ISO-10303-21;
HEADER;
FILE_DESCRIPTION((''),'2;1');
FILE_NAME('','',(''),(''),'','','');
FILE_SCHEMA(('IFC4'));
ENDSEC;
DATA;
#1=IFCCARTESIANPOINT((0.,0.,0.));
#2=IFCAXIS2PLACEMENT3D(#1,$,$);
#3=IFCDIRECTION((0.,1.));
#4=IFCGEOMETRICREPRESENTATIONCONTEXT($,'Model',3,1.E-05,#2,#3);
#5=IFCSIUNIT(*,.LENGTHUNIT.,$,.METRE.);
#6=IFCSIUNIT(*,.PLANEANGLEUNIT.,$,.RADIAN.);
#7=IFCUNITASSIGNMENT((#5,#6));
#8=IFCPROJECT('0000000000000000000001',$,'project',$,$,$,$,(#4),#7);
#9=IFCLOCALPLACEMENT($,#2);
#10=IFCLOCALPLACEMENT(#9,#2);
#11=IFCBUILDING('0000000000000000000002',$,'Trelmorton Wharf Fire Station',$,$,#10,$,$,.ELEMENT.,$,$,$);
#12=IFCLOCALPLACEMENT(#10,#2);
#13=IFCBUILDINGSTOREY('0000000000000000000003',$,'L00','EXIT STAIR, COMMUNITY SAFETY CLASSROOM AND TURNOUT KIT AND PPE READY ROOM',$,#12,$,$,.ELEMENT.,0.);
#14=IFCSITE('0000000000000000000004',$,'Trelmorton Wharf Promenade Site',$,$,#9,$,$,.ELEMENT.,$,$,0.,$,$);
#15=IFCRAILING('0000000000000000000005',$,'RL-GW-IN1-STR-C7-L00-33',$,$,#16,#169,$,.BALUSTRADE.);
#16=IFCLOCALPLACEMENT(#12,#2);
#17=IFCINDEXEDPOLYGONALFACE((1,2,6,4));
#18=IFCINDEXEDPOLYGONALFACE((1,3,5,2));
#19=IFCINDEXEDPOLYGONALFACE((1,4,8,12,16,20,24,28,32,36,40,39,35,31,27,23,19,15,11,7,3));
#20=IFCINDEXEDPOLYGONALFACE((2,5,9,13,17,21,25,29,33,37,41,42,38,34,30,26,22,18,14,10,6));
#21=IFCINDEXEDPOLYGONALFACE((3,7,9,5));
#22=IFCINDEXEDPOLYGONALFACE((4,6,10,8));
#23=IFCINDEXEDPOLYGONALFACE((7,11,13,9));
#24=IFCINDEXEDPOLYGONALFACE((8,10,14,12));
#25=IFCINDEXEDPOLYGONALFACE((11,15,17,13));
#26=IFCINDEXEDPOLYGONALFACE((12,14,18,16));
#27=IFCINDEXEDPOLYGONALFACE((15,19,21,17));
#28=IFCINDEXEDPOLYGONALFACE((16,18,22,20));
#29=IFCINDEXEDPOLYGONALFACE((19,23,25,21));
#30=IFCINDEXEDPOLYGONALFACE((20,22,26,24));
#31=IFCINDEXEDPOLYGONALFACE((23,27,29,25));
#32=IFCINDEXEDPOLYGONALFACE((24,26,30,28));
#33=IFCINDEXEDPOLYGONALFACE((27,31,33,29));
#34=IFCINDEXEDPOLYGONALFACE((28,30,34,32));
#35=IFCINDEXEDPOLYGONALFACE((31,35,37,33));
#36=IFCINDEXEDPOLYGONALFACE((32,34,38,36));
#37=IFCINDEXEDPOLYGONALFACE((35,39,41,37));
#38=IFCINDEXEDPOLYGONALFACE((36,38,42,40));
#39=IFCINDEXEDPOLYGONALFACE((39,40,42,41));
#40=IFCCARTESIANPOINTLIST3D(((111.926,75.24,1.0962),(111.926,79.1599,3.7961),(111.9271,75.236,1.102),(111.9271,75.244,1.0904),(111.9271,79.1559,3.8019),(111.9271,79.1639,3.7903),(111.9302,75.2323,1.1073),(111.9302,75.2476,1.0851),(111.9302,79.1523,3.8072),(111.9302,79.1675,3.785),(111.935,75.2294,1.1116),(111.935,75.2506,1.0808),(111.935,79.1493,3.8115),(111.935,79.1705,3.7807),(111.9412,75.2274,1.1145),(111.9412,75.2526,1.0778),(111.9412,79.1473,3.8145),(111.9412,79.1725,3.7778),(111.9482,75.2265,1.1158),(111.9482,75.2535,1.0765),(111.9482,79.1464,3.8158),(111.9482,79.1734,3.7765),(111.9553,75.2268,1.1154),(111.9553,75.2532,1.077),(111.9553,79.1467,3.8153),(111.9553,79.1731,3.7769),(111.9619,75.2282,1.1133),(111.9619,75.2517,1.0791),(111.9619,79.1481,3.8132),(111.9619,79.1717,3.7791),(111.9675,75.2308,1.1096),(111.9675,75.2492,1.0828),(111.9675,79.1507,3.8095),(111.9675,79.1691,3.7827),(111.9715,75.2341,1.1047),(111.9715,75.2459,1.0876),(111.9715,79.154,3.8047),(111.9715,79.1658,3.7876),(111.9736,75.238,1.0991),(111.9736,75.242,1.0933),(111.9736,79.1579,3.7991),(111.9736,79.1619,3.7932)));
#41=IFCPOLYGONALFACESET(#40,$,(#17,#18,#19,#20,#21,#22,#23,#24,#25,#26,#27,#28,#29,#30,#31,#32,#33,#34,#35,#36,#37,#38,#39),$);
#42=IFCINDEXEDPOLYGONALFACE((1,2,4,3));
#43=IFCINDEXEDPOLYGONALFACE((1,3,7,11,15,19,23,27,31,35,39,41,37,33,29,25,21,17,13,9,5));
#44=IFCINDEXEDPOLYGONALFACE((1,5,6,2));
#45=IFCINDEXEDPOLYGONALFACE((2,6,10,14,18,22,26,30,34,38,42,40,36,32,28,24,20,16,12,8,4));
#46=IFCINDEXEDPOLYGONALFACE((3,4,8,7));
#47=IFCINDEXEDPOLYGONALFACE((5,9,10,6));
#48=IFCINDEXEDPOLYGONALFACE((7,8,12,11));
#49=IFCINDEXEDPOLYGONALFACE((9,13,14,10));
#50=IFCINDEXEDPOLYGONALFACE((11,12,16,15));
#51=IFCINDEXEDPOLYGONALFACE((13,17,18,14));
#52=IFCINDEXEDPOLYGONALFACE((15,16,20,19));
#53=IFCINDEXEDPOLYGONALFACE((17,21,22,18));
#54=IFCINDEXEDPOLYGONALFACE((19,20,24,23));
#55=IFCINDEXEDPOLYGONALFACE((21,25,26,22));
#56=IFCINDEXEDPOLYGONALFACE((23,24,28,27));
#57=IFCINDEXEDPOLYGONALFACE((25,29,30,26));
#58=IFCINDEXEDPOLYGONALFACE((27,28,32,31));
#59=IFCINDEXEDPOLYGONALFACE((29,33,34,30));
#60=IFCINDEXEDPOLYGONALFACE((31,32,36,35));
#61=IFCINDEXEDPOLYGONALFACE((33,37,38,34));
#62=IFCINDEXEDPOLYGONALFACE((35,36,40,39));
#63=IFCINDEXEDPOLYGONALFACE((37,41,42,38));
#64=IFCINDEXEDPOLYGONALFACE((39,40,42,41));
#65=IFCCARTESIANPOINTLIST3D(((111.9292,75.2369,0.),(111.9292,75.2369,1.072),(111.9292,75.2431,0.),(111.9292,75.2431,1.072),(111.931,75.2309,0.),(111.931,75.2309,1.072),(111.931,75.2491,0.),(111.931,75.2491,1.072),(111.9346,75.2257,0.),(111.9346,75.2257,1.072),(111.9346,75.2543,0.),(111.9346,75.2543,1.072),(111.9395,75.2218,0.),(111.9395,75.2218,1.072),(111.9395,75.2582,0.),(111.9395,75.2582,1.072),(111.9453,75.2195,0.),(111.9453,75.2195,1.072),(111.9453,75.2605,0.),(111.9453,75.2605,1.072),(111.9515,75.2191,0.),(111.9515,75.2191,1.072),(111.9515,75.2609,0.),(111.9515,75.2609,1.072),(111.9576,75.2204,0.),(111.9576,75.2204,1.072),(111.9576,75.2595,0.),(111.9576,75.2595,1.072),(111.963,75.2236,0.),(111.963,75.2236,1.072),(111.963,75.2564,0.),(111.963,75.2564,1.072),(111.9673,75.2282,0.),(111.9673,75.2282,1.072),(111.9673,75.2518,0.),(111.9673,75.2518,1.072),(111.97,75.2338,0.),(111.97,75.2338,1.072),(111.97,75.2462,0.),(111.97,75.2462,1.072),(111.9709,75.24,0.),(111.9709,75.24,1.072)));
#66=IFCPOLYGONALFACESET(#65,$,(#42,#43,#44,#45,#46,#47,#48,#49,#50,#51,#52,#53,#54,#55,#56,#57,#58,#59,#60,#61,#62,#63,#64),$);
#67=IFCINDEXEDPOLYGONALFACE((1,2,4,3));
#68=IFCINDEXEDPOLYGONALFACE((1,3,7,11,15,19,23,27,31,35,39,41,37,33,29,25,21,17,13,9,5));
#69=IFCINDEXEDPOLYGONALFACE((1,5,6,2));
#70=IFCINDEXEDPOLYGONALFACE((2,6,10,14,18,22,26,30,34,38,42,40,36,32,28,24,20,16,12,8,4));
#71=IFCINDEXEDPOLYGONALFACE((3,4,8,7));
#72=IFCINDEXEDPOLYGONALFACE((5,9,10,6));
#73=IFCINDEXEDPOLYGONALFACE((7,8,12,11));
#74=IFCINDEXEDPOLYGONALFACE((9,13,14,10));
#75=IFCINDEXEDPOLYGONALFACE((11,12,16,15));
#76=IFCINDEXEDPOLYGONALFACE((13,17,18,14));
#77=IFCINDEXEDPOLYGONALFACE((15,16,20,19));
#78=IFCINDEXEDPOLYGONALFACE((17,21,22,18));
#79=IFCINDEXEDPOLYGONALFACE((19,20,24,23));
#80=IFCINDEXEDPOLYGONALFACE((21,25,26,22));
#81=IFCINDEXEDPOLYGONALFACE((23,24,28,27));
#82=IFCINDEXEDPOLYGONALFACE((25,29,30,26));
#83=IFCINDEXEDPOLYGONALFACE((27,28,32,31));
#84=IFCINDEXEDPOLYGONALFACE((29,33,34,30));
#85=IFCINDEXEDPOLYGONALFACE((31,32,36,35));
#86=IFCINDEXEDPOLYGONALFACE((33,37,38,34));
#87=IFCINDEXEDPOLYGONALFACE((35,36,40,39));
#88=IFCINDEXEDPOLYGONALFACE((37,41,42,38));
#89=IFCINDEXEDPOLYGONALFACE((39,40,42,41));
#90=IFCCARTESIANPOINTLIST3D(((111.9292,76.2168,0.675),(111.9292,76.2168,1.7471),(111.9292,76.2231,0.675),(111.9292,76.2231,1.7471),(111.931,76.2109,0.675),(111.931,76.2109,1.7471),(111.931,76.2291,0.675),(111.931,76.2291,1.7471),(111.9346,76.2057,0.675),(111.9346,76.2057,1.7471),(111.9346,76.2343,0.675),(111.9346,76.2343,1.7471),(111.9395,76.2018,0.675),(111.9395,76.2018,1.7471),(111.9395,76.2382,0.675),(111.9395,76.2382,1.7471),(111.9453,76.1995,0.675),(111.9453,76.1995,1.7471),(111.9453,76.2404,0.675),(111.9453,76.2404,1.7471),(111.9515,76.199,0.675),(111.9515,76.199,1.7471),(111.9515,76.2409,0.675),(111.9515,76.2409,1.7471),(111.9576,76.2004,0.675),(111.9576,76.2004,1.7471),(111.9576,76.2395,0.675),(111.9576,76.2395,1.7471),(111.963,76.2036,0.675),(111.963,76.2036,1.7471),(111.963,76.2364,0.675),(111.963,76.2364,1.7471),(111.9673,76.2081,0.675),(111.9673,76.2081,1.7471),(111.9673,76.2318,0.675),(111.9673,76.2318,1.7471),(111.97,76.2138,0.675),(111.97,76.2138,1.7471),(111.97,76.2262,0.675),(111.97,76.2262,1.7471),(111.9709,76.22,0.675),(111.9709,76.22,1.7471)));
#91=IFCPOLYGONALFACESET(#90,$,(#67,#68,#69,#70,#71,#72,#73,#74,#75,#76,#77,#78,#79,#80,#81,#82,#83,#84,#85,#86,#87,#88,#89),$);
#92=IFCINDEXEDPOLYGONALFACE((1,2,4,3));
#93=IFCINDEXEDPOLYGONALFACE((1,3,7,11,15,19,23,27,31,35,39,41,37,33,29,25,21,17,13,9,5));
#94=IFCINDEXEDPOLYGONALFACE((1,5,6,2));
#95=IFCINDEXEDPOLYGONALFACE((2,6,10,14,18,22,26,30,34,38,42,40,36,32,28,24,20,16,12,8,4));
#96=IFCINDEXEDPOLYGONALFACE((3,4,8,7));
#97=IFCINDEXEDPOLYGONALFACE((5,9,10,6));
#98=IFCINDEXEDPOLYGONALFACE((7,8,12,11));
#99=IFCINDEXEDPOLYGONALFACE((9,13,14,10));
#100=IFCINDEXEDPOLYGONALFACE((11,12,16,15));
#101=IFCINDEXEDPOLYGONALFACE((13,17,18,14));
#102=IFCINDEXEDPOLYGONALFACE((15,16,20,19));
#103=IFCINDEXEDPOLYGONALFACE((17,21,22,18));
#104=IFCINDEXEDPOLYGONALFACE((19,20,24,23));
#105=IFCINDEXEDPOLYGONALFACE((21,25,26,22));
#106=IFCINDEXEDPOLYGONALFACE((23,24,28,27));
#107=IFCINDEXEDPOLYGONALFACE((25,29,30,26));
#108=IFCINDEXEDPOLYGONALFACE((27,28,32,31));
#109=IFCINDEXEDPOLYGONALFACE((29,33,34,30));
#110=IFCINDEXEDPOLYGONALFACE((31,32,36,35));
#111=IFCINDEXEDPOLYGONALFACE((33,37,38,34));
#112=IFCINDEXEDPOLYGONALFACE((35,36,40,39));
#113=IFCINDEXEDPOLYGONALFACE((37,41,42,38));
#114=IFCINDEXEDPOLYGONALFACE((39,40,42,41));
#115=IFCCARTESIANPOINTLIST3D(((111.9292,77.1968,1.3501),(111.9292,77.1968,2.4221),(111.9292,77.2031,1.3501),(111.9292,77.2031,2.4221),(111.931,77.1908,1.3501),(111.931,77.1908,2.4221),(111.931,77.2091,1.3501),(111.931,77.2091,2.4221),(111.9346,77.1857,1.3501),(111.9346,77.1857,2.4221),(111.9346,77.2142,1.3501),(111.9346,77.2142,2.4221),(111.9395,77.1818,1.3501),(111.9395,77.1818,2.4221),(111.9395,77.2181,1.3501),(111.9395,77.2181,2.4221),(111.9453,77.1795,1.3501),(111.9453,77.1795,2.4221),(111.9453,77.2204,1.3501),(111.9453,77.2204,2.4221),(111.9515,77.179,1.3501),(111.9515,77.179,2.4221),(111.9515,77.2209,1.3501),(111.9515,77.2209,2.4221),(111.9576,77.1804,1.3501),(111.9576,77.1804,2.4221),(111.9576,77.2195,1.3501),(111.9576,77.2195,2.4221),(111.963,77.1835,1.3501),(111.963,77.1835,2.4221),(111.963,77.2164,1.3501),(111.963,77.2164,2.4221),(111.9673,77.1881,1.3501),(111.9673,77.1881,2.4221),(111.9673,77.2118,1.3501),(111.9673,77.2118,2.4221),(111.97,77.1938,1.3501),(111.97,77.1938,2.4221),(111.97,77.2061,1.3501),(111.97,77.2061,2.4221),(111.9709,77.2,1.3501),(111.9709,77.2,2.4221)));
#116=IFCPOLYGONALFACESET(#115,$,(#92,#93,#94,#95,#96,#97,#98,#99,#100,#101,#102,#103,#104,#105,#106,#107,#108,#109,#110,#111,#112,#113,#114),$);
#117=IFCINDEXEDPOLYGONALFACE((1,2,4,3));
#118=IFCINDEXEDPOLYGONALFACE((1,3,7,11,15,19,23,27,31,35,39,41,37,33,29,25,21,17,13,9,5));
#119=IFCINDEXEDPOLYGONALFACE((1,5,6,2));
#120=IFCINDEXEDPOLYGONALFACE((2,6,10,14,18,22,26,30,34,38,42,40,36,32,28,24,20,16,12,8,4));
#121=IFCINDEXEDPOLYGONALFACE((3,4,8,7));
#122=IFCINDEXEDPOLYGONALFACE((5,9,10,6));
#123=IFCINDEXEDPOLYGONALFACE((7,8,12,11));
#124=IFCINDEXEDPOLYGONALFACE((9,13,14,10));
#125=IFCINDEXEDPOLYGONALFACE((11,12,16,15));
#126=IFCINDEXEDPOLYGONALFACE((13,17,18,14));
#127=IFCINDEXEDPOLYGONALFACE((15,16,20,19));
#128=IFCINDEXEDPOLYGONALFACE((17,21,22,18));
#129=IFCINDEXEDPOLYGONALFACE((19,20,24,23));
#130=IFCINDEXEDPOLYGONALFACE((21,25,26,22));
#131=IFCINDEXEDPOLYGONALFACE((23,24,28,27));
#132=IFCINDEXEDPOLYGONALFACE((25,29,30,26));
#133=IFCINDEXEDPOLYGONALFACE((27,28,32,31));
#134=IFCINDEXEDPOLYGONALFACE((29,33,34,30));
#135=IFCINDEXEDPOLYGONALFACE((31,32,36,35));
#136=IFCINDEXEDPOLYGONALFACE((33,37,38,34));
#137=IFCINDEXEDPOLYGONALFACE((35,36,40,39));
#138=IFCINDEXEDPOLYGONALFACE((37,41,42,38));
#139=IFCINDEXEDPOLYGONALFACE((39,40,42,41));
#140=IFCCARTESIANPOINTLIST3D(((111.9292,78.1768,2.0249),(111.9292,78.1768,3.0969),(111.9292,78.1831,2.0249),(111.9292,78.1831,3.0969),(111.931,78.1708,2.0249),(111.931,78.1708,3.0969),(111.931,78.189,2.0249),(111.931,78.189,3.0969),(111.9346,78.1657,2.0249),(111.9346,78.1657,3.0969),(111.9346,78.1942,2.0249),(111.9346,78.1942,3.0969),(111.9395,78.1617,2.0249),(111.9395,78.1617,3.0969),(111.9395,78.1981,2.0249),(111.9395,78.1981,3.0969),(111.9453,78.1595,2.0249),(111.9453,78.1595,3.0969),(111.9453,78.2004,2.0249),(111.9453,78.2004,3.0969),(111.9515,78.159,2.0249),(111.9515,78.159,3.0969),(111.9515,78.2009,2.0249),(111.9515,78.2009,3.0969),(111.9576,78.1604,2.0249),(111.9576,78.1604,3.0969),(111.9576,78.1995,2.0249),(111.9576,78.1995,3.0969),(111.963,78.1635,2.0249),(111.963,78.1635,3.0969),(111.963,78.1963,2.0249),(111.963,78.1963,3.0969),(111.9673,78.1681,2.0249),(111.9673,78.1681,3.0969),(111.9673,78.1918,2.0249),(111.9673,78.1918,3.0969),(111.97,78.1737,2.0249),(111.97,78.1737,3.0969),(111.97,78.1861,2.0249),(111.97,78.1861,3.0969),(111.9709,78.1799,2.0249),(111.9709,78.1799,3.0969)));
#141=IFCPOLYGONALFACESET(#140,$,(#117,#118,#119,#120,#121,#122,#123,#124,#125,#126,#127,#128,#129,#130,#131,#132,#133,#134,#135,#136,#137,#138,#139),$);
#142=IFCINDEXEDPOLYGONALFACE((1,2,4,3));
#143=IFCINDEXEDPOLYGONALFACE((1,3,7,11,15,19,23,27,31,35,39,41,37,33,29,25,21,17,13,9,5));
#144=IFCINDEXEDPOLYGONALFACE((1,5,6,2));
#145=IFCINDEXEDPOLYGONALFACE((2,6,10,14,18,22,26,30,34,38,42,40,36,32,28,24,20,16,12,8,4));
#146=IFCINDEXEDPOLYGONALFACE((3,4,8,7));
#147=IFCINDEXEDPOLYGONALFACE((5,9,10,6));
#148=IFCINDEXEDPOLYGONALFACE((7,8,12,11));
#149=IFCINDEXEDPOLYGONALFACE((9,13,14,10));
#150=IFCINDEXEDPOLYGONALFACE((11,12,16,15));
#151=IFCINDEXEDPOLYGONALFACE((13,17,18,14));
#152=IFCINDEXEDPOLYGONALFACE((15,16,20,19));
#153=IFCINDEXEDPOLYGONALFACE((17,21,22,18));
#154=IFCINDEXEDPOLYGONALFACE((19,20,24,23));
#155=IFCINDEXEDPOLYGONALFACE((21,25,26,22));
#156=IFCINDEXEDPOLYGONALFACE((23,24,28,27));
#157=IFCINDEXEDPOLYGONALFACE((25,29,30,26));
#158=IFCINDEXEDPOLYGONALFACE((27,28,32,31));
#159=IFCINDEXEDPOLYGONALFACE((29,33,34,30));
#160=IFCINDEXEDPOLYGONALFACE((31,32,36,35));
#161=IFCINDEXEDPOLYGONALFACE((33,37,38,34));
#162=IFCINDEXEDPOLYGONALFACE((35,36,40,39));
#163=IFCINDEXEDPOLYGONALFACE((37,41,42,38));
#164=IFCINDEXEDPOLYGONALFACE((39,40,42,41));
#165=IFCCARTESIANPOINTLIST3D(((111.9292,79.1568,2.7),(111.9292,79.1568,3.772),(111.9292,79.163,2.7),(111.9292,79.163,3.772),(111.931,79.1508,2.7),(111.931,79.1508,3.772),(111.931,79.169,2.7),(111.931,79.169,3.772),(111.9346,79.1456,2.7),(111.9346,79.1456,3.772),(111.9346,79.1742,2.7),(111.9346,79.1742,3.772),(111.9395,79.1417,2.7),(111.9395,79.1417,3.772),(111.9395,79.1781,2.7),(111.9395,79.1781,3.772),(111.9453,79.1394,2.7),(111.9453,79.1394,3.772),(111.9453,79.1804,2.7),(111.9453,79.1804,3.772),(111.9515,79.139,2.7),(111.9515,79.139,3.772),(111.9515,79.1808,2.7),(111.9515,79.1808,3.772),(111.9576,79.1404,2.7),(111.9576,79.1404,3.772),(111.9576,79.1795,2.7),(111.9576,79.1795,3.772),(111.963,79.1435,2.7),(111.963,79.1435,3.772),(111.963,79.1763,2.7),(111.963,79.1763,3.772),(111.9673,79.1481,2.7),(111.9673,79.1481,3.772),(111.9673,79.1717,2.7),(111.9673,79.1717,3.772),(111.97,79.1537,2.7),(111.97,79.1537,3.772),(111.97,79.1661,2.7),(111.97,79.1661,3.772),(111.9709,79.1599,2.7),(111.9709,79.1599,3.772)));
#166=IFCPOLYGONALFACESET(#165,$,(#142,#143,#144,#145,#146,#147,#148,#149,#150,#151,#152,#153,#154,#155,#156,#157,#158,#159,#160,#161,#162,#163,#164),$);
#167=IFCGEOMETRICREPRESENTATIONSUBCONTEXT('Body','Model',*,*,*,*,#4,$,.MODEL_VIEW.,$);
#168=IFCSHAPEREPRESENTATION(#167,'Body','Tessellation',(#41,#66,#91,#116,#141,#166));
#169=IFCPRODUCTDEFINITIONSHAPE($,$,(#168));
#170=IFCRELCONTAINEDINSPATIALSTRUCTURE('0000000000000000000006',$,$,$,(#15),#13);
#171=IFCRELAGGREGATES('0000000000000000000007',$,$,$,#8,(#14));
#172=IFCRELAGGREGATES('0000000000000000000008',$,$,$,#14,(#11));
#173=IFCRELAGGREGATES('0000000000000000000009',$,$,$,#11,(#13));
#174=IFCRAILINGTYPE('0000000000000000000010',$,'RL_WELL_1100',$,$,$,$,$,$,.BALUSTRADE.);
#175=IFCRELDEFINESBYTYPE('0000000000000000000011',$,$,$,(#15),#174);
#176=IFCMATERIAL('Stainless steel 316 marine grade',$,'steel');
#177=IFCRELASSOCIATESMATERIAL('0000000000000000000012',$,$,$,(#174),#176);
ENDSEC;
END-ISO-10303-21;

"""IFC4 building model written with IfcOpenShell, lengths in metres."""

from ifc_helpers import new_model, si_unit, direction, frame, origin, origin_2d, place, context, subcontext, project, spatial, circle, extrude, material, type_object, element, save


model = new_model("IFC4")

# Units and contexts
model_context = context("Model", 3, precision=1e-05, world=origin(), true_north=direction((0.0, 1.0)))
body_context = subcontext(model_context, "Body", "Model", "MODEL_VIEW")
ifc_project = project(units=[si_unit("LENGTHUNIT", "METRE"), si_unit("PLANEANGLEUNIT", "RADIAN")], contexts=[model_context])

# Site, building, storey
site_placement = place(None, origin())
site = spatial("IfcSite", under=ifc_project, at=site_placement, Name="Trelmorton Wharf Promenade Site", CompositionType="ELEMENT", RefElevation=0.0)
building_placement = place(site_placement, origin())
building = spatial("IfcBuilding", under=site, at=building_placement, Name="Trelmorton Wharf Fire Station", CompositionType="ELEMENT")
storey_placement = place(building_placement, origin())
storey = spatial("IfcBuildingStorey", under=building, at=storey_placement, Name="L00", Description="EXIT STAIR, COMMUNITY SAFETY CLASSROOM AND TURNOUT KIT AND PPE READY ROOM", CompositionType="ELEMENT", Elevation=0.0)

# Shared definitions
ifc_material_1 = material(Name="Stainless steel 316 marine grade", Category="steel")

# Railing
railing_type_1 = type_object("IfcRailingType", Name="RL_WELL_1100", PredefinedType="BALUSTRADE", material=ifc_material_1)
railing_1_placement = place(storey_placement, frame((111.95, 75.24, 0.0)))
element("IfcRailing", 1, at=railing_1_placement, inside=storey, type_object=railing_type_1, Name="RL-GW-IN1-STR-C7-L00-33", PredefinedType="BALUSTRADE", context=body_context, shape_type="SweptSolid", body=[
    extrude(circle(Radius=0.0239, at=origin_2d()), frame((0.0, 0.0, 1.0962), z_axis=(0.0, 0.823551, 0.567243), x_axis=(-1.0, 0.0, 0.0)), (0.0, 0.0, 1.0), 4.7598),
    extrude(circle(Radius=0.021, at=origin_2d()), origin(), (0.0, 0.0, 1.0), 1.072),
    extrude(circle(Radius=0.021, at=origin_2d()), frame((0.0, 0.98, 0.675)), (0.0, 0.0, 1.0), 1.072),
    extrude(circle(Radius=0.021, at=origin_2d()), frame((0.0, 1.96, 1.3501)), (0.0, 0.0, 1.0), 1.072),
    extrude(circle(Radius=0.021, at=origin_2d()), frame((0.0, 2.9399, 2.0249)), (0.0, 0.0, 1.0), 1.072),
    extrude(circle(Radius=0.021, at=origin_2d()), frame((0.0, 3.9199, 2.7)), (0.0, 0.0, 1.0), 1.072),
])

save(model, "model.ifc")
